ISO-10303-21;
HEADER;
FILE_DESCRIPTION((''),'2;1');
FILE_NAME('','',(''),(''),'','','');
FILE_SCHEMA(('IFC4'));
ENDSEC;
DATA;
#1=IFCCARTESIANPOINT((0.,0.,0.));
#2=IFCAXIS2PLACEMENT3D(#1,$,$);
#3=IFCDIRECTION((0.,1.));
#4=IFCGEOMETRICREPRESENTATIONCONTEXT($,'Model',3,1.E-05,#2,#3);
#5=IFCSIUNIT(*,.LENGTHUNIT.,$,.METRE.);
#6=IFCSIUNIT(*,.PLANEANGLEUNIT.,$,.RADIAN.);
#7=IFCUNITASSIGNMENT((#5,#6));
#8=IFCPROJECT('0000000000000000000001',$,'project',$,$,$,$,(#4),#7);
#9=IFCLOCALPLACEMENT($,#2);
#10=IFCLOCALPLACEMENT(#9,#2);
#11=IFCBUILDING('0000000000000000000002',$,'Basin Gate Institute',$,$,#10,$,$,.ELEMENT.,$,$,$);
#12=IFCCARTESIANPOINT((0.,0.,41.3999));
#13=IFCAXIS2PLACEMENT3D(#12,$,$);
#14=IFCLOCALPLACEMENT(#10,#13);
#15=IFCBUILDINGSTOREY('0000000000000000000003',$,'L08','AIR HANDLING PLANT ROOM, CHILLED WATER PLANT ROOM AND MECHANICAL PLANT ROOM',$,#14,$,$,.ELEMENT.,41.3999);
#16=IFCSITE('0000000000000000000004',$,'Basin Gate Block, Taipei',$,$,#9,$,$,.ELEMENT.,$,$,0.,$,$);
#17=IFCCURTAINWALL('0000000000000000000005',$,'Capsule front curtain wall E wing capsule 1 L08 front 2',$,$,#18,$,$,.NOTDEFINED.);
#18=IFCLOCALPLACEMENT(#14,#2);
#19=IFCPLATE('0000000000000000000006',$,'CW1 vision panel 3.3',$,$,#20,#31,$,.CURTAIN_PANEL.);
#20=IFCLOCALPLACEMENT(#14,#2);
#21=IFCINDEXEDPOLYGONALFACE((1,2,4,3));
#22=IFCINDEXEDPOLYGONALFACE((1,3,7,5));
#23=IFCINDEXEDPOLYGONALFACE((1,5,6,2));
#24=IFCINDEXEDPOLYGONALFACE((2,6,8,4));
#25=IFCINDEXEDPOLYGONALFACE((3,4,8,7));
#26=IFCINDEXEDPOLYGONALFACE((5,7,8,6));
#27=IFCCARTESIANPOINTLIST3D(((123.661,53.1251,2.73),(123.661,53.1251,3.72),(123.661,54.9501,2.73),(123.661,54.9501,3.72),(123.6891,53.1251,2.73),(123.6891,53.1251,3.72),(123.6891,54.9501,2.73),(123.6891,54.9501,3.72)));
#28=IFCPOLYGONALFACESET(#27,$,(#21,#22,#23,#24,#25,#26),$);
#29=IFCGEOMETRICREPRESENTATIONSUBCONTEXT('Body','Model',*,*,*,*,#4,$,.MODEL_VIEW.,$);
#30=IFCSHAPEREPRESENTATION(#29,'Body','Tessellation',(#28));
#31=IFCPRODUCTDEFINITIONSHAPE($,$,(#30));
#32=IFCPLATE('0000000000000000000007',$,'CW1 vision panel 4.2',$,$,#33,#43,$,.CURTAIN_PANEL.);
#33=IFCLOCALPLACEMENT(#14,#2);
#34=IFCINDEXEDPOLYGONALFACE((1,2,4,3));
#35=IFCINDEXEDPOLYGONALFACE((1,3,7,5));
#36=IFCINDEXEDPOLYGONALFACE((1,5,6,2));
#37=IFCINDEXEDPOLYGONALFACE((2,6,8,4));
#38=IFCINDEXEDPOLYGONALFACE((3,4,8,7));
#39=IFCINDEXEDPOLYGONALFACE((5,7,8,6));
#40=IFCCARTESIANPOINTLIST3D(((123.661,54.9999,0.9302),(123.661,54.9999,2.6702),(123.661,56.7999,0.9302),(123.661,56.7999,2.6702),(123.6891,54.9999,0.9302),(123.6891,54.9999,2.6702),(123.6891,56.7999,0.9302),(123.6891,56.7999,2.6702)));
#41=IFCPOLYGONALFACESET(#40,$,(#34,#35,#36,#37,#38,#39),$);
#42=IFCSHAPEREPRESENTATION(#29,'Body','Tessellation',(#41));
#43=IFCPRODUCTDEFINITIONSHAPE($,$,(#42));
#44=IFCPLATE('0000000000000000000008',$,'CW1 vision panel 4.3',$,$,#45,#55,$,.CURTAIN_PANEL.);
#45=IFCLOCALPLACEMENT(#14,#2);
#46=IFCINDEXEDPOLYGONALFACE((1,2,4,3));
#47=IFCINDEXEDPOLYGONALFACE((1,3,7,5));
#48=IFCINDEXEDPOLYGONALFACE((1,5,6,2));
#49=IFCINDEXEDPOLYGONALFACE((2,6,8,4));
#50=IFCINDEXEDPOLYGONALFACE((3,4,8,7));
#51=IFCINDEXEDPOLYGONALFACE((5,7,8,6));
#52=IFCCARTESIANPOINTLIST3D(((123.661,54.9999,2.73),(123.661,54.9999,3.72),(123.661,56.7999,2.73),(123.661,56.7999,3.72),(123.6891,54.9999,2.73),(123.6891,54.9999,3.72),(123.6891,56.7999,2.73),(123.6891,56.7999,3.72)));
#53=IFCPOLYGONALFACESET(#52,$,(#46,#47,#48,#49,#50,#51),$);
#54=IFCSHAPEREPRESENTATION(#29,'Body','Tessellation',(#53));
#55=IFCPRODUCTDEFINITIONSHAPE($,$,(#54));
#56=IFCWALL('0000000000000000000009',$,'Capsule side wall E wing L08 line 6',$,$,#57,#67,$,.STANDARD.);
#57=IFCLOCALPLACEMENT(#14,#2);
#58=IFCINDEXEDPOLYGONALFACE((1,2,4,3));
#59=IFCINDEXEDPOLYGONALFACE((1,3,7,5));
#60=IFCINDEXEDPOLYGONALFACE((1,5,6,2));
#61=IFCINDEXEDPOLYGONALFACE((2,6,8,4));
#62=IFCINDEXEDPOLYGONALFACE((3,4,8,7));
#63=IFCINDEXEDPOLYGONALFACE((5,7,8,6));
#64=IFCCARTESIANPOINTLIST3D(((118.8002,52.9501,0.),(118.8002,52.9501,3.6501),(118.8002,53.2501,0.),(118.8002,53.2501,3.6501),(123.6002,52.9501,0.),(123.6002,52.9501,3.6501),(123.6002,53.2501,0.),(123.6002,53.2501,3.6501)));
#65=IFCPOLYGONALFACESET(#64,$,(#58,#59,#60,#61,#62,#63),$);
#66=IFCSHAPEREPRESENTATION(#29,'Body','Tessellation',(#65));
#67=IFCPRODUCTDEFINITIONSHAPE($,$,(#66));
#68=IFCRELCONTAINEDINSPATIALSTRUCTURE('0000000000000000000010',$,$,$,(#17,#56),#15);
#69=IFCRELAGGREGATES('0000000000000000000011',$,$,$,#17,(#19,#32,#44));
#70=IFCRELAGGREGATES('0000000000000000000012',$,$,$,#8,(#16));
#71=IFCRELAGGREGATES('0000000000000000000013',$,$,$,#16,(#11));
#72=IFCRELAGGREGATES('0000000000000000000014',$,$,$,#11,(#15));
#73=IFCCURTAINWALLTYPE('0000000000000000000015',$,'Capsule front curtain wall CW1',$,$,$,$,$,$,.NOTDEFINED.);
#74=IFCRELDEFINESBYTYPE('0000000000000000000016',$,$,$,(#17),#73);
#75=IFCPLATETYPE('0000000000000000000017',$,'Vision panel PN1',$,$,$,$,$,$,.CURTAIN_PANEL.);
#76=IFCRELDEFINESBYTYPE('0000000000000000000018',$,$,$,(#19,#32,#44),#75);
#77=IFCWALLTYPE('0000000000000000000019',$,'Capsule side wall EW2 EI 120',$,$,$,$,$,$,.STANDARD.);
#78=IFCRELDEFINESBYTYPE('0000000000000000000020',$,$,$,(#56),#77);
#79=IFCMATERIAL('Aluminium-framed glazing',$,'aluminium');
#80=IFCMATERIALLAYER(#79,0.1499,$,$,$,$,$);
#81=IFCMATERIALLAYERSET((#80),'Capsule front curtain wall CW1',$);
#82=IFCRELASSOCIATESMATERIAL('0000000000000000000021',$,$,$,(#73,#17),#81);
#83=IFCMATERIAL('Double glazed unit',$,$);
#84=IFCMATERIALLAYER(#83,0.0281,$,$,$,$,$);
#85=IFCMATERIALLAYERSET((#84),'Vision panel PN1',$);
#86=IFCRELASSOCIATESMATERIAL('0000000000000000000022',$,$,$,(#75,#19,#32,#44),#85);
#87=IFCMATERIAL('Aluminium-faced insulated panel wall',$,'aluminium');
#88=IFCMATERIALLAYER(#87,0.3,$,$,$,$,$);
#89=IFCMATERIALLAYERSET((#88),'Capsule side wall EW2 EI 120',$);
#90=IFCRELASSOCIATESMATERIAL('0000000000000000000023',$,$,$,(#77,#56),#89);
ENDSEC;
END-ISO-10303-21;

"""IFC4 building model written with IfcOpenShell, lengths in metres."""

from ifc_helpers import new_model, si_unit, direction, frame, frame_2d, origin, origin_2d, place, context, subcontext, project, spatial, rectangle, extrude, material, layer, layer_set, type_object, element, aggregate, save


model = new_model("IFC4")

# Units and contexts
model_context = context("Model", 3, precision=1e-05, world=origin(), true_north=direction((0.0, 1.0)))
body_context = subcontext(model_context, "Body", "Model", "MODEL_VIEW")
ifc_project = project(units=[si_unit("LENGTHUNIT", "METRE"), si_unit("PLANEANGLEUNIT", "RADIAN")], contexts=[model_context])

# Site, building, storey
site_placement = place(None, origin())
site = spatial("IfcSite", under=ifc_project, at=site_placement, Name="Basin Gate Block, Taipei", CompositionType="ELEMENT", RefElevation=0.0)
building_placement = place(site_placement, origin())
building = spatial("IfcBuilding", under=site, at=building_placement, Name="Basin Gate Institute", CompositionType="ELEMENT")
storey_placement = place(building_placement, frame((0.0, 0.0, 41.3999)))
storey = spatial("IfcBuildingStorey", under=building, at=storey_placement, Name="L08", Description="AIR HANDLING PLANT ROOM, CHILLED WATER PLANT ROOM AND MECHANICAL PLANT ROOM", CompositionType="ELEMENT", Elevation=41.3999)

# Curtain wall
ifc_material_1 = material(Name="Aluminium-framed glazing", Category="aluminium")
ifc_layer_1 = layer(ifc_material_1, 0.1499)
ifc_layer_set_1 = layer_set([ifc_layer_1], Name="Capsule front curtain wall CW1")
curtain_wall_type = type_object("IfcCurtainWallType", Name="Capsule front curtain wall CW1", PredefinedType="NOTDEFINED", material=ifc_layer_set_1)
curtain_wall_1_placement = place(storey_placement, origin())
curtain_wall_1 = element("IfcCurtainWall", 1, at=curtain_wall_1_placement, inside=storey, type_object=curtain_wall_type, material=ifc_layer_set_1, Name="Capsule front curtain wall E wing capsule 1 L08 front 2", PredefinedType="NOTDEFINED")

# Plates
ifc_material_2 = material(Name="Double glazed unit")
ifc_layer_2 = layer(ifc_material_2, 0.0281)
ifc_layer_set_2 = layer_set([ifc_layer_2], Name="Vision panel PN1")
plate_type_1 = type_object("IfcPlateType", Name="Vision panel PN1", PredefinedType="CURTAIN_PANEL", material=ifc_layer_set_2)
plate_1_placement = place(storey_placement, frame((123.675, 54.0376, 2.73), z_axis=(0.0, 0.0, 1.0), x_axis=(0.0, 1.0, 0.0)))
plate_1 = element("IfcPlate", 2, at=plate_1_placement, type_object=plate_type_1, material=ifc_layer_set_2, Name="CW1 vision panel 3.3", PredefinedType="CURTAIN_PANEL", context=body_context, shape_type="SweptSolid", body=[
    extrude(rectangle(XDim=1.825, YDim=0.0281, at=origin_2d()), origin(), (0.0, 0.0, 1.0), 0.99),
])
plate_2_placement = place(storey_placement, frame((123.675, 55.8999, 0.9302), z_axis=(0.0, 0.0, 1.0), x_axis=(0.0, 1.0, 0.0)))
plate_2 = element("IfcPlate", 3, at=plate_2_placement, type_object=plate_type_1, material=ifc_layer_set_2, Name="CW1 vision panel 4.2", PredefinedType="CURTAIN_PANEL", context=body_context, shape_type="SweptSolid", body=[
    extrude(rectangle(XDim=1.8, YDim=0.0281, at=origin_2d()), origin(), (0.0, 0.0, 1.0), 1.74),
])
plate_3_placement = place(storey_placement, frame((123.675, 55.8999, 2.73), z_axis=(0.0, 0.0, 1.0), x_axis=(0.0, 1.0, 0.0)))
plate_3 = element("IfcPlate", 4, at=plate_3_placement, type_object=plate_type_1, material=ifc_layer_set_2, Name="CW1 vision panel 4.3", PredefinedType="CURTAIN_PANEL", context=body_context, shape_type="SweptSolid", body=[
    extrude(rectangle(XDim=1.8, YDim=0.0281, at=origin_2d()), origin(), (0.0, 0.0, 1.0), 0.99),
])
aggregate(curtain_wall_1, [plate_1, plate_2, plate_3])

# Wall
ifc_material_3 = material(Name="Aluminium-faced insulated panel wall", Category="aluminium")
ifc_layer_3 = layer(ifc_material_3, 0.3)
ifc_layer_set_3 = layer_set([ifc_layer_3], Name="Capsule side wall EW2 EI 120")
wall_type = type_object("IfcWallType", Name="Capsule side wall EW2 EI 120", PredefinedType="STANDARD", material=ifc_layer_set_3)
wall_placement = place(storey_placement, frame((123.6001, 53.1001, 0.0), z_axis=(0.0, 0.0, 1.0), x_axis=(-1.0, 0.0, 0.0)))
element("IfcWall", 5, at=wall_placement, inside=storey, type_object=wall_type, material=ifc_layer_set_3, Name="Capsule side wall E wing L08 line 6", PredefinedType="STANDARD", context=body_context, shape_type="SweptSolid", body=[
    extrude(rectangle(XDim=4.8, YDim=0.3, at=frame_2d((2.3999, 0.0))), origin(), (0.0, 0.0, 1.0), 3.6501),
])

save(model, "model.ifc")
